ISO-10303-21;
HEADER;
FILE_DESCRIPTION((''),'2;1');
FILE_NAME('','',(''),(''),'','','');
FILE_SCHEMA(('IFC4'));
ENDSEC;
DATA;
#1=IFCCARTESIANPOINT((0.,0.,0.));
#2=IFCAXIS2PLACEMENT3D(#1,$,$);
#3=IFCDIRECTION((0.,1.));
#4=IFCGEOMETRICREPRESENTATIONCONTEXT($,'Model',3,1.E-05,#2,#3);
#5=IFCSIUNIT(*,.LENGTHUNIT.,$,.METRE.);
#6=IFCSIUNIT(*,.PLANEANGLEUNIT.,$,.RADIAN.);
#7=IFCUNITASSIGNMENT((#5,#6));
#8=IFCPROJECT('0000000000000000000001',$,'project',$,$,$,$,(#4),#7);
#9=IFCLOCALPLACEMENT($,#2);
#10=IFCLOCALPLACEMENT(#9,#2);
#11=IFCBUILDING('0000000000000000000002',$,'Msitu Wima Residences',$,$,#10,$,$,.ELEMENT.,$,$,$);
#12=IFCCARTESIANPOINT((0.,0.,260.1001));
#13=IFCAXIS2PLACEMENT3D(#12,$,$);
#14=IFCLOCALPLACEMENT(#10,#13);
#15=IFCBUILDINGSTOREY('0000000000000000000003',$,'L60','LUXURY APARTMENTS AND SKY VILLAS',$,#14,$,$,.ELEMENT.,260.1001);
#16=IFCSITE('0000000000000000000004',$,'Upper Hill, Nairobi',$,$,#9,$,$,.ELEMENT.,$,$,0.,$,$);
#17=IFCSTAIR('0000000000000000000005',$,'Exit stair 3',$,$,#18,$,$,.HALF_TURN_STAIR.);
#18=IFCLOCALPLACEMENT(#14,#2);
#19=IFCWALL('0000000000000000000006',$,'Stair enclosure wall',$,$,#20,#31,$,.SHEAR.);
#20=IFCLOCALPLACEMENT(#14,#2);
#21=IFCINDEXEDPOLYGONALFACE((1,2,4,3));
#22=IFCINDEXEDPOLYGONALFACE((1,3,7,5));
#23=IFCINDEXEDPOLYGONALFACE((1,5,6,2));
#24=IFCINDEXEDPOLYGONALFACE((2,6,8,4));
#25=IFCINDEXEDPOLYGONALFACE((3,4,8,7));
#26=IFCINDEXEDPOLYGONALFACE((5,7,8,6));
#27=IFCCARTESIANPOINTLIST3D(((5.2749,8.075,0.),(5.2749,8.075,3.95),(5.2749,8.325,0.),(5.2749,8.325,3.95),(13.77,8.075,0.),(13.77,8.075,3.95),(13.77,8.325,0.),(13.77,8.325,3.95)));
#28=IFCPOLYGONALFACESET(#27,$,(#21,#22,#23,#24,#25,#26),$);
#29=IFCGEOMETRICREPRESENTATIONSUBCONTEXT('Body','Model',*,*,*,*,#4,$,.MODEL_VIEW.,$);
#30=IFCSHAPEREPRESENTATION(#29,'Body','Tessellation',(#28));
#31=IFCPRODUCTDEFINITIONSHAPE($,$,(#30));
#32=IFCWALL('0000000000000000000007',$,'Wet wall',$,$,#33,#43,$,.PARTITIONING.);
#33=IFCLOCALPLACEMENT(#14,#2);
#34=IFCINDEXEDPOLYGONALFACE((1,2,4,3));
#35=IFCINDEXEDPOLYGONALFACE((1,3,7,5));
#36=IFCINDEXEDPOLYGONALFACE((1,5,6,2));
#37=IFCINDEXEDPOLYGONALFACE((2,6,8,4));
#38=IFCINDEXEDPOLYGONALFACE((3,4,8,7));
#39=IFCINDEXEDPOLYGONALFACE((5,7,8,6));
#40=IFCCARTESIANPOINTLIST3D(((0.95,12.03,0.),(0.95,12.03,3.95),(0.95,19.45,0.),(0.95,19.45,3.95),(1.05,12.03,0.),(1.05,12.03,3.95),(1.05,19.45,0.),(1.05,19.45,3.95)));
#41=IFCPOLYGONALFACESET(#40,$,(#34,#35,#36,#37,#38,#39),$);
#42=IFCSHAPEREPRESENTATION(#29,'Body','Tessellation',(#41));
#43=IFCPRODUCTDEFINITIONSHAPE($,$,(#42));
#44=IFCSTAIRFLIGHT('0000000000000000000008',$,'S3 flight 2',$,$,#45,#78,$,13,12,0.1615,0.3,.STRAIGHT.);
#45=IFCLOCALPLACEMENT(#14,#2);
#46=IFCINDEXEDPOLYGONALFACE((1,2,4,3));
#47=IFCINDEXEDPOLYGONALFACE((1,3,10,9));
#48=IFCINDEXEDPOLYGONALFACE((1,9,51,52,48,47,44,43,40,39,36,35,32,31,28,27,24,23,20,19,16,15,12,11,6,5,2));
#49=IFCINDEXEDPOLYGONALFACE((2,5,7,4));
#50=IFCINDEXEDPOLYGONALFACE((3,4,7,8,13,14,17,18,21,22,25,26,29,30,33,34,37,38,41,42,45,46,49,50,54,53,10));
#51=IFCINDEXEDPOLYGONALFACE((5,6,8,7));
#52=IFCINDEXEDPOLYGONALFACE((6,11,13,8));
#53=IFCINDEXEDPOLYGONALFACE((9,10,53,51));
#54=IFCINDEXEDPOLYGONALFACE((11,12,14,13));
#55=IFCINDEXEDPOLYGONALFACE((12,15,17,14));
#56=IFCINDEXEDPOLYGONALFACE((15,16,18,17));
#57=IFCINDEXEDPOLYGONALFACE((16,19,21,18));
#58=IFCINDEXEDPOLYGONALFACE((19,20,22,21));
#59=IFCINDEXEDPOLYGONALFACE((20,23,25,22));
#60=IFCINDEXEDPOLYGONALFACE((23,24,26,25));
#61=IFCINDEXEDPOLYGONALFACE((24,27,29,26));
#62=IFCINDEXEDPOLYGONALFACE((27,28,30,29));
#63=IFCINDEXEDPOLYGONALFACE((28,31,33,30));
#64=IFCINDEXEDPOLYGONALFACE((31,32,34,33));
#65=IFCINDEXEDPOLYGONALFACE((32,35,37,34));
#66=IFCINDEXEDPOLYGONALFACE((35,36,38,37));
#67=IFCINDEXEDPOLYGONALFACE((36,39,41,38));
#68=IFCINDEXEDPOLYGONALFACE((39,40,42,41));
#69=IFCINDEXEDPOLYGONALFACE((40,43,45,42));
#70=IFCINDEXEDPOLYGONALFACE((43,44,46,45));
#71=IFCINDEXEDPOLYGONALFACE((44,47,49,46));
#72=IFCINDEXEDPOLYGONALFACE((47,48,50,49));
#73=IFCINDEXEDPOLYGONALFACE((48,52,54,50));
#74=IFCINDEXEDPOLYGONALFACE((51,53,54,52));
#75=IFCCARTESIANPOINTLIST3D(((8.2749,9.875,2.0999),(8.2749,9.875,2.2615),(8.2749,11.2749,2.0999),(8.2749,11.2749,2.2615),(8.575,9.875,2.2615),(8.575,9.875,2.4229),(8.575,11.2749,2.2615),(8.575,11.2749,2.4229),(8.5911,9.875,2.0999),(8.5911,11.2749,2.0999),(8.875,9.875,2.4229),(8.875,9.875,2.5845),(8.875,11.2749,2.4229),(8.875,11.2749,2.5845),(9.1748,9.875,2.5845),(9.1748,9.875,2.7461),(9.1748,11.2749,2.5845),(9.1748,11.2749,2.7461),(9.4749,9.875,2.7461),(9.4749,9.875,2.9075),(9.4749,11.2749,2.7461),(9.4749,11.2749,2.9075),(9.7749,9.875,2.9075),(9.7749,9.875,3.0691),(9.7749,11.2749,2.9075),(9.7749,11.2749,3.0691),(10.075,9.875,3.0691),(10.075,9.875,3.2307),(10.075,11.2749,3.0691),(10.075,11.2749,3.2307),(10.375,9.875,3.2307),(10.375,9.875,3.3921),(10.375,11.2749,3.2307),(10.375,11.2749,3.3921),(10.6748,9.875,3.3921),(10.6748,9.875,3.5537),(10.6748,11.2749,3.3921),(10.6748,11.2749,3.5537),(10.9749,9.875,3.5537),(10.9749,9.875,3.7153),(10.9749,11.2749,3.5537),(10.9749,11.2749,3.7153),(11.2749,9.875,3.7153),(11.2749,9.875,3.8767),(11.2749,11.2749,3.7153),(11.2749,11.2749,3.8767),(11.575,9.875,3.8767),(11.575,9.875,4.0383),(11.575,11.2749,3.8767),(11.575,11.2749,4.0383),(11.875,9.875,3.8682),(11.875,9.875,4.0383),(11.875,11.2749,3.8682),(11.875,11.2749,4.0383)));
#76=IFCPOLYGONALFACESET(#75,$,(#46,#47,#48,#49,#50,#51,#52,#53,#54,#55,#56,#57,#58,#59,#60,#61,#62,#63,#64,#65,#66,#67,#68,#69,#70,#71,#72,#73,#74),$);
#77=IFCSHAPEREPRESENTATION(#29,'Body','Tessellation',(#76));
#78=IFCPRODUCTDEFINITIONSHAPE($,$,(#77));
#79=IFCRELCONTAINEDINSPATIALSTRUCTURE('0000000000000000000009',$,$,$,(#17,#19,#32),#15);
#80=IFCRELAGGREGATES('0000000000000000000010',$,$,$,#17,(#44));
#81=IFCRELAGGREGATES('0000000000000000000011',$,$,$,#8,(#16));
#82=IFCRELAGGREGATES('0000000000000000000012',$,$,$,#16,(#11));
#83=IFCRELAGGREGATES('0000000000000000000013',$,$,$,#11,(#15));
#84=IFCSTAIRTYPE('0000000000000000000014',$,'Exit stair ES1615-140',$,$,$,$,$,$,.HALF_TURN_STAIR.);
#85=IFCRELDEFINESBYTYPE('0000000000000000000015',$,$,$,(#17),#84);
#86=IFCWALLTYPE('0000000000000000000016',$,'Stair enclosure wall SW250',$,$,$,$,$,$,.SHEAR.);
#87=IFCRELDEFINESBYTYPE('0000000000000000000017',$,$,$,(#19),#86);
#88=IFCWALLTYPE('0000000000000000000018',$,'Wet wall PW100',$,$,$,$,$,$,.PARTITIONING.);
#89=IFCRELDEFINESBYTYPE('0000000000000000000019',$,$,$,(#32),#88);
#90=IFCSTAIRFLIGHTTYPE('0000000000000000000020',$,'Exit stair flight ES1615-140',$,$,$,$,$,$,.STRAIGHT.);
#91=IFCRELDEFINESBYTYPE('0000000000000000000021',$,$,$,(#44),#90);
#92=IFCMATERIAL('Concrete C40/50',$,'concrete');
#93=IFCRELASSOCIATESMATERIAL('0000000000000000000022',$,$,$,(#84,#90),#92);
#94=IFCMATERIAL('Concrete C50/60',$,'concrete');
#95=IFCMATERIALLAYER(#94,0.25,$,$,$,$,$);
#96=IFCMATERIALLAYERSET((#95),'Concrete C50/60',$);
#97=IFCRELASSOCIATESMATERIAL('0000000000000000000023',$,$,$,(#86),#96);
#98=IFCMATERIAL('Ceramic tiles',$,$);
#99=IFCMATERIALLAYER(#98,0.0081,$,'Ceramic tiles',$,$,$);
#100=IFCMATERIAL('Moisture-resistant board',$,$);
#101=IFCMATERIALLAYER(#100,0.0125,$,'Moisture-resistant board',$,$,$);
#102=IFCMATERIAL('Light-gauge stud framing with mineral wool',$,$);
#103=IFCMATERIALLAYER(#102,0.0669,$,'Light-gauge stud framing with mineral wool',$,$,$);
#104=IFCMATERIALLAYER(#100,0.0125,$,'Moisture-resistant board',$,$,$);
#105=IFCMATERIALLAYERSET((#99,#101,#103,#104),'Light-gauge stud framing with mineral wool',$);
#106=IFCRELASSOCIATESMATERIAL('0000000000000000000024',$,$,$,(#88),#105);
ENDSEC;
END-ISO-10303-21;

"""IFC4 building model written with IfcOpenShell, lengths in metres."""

from ifc_helpers import new_model, si_unit, direction, frame, frame_2d, origin, place, context, subcontext, project, spatial, polyline, rectangle, outline, extrude, material, layer, layer_set, type_object, element, aggregate, save


model = new_model("IFC4")

# Units and contexts
model_context = context("Model", 3, precision=1e-05, world=origin(), true_north=direction((0.0, 1.0)))
body_context = subcontext(model_context, "Body", "Model", "MODEL_VIEW")
ifc_project = project(units=[si_unit("LENGTHUNIT", "METRE"), si_unit("PLANEANGLEUNIT", "RADIAN")], contexts=[model_context])

# Site, building, storey
site_placement = place(None, origin())
site = spatial("IfcSite", under=ifc_project, at=site_placement, Name="Upper Hill, Nairobi", CompositionType="ELEMENT", RefElevation=0.0)
building_placement = place(site_placement, origin())
building = spatial("IfcBuilding", under=site, at=building_placement, Name="Msitu Wima Residences", CompositionType="ELEMENT")
storey_placement = place(building_placement, frame((0.0, 0.0, 260.1001)))
storey = spatial("IfcBuildingStorey", under=building, at=storey_placement, Name="L60", Description="LUXURY APARTMENTS AND SKY VILLAS", CompositionType="ELEMENT", Elevation=260.1001)

# Shared definitions
ifc_material_1 = material(Name="Concrete C40/50", Category="concrete")

# Stair
stair_type = type_object("IfcStairType", Name="Exit stair ES1615-140", PredefinedType="HALF_TURN_STAIR", material=ifc_material_1)
stair_1_placement = place(storey_placement, origin())
stair_1 = element("IfcStair", 1, at=stair_1_placement, inside=storey, type_object=stair_type, Name="Exit stair 3", PredefinedType="HALF_TURN_STAIR")

# Walls
ifc_material_2 = material(Name="Light-gauge stud framing with mineral wool")
ifc_material_3 = material(Name="Concrete C50/60", Category="concrete")
ifc_layer_1 = layer(ifc_material_3, 0.25)
ifc_layer_set_1 = layer_set([ifc_layer_1], Name="Concrete C50/60")
wall_type_1 = type_object("IfcWallType", Name="Stair enclosure wall SW250", PredefinedType="SHEAR", material=ifc_layer_set_1)
wall_1_placement = place(storey_placement, frame((5.2749, 8.2, 0.0), z_axis=(0.0, 0.0, 1.0), x_axis=(1.0, 0.0, 0.0)))
element("IfcWall", 2, at=wall_1_placement, inside=storey, type_object=wall_type_1, Name="Stair enclosure wall", PredefinedType="SHEAR", context=body_context, shape_type="SweptSolid", body=[
    extrude(rectangle(XDim=8.4951, YDim=0.25, at=frame_2d((4.2476, 0.0))), origin(), (0.0, 0.0, 1.0), 3.95),
])
ifc_material_4 = material(Name="Ceramic tiles")
ifc_layer_2 = layer(ifc_material_4, 0.0081, Name="Ceramic tiles")
ifc_material_5 = material(Name="Moisture-resistant board")
ifc_layer_3 = layer(ifc_material_5, 0.0125, Name="Moisture-resistant board")
ifc_layer_4 = layer(ifc_material_2, 0.0669, Name="Light-gauge stud framing with mineral wool")
ifc_layer_5 = layer(ifc_material_5, 0.0125, Name="Moisture-resistant board")
ifc_layer_set_2 = layer_set([ifc_layer_2, ifc_layer_3, ifc_layer_4, ifc_layer_5], Name="Light-gauge stud framing with mineral wool")
wall_type_2 = type_object("IfcWallType", Name="Wet wall PW100", PredefinedType="PARTITIONING", material=ifc_layer_set_2)
wall_2_placement = place(storey_placement, frame((1.0, 12.03, 0.0), z_axis=(0.0, 0.0, 1.0), x_axis=(0.0, 1.0, 0.0)))
element("IfcWall", 3, at=wall_2_placement, inside=storey, type_object=wall_type_2, Name="Wet wall", PredefinedType="PARTITIONING", context=body_context, shape_type="SweptSolid", body=[
    extrude(rectangle(XDim=7.4199, YDim=0.1001, at=frame_2d((3.71, 0.0))), origin(), (0.0, 0.0, 1.0), 3.95),
])

# Stair flight
stair_flight_type = type_object("IfcStairFlightType", Name="Exit stair flight ES1615-140", PredefinedType="STRAIGHT", material=ifc_material_1)
stair_flight_placement = place(storey_placement, frame((8.2749, 10.575, 2.0999), z_axis=(0.0, 0.0, 1.0), x_axis=(1.0, 0.0, 0.0)))
stair_flight = element("IfcStairFlight", 4, at=stair_flight_placement, type_object=stair_flight_type, Name="S3 flight 2", NumberOfRisers=13, NumberOfTreads=12, PredefinedType="STRAIGHT", RiserHeight=0.1615, TreadLength=0.3, context=body_context, shape_type="SweptSolid", body=[
    extrude(outline(polyline([(0.0, 0.0), (0.0, 0.1616), (0.3, 0.1616), (0.3, 0.323), (0.6001, 0.323), (0.6001, 0.4846), (0.8999, 0.4846), (0.8999, 0.6462), (1.2, 0.6462), (1.2, 0.8076), (1.5, 0.8076), (1.5, 0.9692), (1.8, 0.9692), (1.8, 1.1309), (2.1001, 1.1309), (2.1001, 1.2922), (2.3999, 1.2922), (2.3999, 1.4539), (2.7, 1.4539), (2.7, 1.6155), (3.0, 1.6155), (3.0, 1.7769), (3.3, 1.7769), (3.3, 1.9385), (3.6001, 1.9385), (3.6001, 2.1001), (3.6001, 1.7683), (0.3162, 0.0), (0.0, 0.0)])), frame((0.0, 0.7, 0.0), z_axis=(0.0, -1.0, 0.0), x_axis=(1.0, 0.0, 0.0)), (0.0, 0.0, 1.0), 1.3999),
])
aggregate(stair_1, [stair_flight])

save(model, "model.ifc")
